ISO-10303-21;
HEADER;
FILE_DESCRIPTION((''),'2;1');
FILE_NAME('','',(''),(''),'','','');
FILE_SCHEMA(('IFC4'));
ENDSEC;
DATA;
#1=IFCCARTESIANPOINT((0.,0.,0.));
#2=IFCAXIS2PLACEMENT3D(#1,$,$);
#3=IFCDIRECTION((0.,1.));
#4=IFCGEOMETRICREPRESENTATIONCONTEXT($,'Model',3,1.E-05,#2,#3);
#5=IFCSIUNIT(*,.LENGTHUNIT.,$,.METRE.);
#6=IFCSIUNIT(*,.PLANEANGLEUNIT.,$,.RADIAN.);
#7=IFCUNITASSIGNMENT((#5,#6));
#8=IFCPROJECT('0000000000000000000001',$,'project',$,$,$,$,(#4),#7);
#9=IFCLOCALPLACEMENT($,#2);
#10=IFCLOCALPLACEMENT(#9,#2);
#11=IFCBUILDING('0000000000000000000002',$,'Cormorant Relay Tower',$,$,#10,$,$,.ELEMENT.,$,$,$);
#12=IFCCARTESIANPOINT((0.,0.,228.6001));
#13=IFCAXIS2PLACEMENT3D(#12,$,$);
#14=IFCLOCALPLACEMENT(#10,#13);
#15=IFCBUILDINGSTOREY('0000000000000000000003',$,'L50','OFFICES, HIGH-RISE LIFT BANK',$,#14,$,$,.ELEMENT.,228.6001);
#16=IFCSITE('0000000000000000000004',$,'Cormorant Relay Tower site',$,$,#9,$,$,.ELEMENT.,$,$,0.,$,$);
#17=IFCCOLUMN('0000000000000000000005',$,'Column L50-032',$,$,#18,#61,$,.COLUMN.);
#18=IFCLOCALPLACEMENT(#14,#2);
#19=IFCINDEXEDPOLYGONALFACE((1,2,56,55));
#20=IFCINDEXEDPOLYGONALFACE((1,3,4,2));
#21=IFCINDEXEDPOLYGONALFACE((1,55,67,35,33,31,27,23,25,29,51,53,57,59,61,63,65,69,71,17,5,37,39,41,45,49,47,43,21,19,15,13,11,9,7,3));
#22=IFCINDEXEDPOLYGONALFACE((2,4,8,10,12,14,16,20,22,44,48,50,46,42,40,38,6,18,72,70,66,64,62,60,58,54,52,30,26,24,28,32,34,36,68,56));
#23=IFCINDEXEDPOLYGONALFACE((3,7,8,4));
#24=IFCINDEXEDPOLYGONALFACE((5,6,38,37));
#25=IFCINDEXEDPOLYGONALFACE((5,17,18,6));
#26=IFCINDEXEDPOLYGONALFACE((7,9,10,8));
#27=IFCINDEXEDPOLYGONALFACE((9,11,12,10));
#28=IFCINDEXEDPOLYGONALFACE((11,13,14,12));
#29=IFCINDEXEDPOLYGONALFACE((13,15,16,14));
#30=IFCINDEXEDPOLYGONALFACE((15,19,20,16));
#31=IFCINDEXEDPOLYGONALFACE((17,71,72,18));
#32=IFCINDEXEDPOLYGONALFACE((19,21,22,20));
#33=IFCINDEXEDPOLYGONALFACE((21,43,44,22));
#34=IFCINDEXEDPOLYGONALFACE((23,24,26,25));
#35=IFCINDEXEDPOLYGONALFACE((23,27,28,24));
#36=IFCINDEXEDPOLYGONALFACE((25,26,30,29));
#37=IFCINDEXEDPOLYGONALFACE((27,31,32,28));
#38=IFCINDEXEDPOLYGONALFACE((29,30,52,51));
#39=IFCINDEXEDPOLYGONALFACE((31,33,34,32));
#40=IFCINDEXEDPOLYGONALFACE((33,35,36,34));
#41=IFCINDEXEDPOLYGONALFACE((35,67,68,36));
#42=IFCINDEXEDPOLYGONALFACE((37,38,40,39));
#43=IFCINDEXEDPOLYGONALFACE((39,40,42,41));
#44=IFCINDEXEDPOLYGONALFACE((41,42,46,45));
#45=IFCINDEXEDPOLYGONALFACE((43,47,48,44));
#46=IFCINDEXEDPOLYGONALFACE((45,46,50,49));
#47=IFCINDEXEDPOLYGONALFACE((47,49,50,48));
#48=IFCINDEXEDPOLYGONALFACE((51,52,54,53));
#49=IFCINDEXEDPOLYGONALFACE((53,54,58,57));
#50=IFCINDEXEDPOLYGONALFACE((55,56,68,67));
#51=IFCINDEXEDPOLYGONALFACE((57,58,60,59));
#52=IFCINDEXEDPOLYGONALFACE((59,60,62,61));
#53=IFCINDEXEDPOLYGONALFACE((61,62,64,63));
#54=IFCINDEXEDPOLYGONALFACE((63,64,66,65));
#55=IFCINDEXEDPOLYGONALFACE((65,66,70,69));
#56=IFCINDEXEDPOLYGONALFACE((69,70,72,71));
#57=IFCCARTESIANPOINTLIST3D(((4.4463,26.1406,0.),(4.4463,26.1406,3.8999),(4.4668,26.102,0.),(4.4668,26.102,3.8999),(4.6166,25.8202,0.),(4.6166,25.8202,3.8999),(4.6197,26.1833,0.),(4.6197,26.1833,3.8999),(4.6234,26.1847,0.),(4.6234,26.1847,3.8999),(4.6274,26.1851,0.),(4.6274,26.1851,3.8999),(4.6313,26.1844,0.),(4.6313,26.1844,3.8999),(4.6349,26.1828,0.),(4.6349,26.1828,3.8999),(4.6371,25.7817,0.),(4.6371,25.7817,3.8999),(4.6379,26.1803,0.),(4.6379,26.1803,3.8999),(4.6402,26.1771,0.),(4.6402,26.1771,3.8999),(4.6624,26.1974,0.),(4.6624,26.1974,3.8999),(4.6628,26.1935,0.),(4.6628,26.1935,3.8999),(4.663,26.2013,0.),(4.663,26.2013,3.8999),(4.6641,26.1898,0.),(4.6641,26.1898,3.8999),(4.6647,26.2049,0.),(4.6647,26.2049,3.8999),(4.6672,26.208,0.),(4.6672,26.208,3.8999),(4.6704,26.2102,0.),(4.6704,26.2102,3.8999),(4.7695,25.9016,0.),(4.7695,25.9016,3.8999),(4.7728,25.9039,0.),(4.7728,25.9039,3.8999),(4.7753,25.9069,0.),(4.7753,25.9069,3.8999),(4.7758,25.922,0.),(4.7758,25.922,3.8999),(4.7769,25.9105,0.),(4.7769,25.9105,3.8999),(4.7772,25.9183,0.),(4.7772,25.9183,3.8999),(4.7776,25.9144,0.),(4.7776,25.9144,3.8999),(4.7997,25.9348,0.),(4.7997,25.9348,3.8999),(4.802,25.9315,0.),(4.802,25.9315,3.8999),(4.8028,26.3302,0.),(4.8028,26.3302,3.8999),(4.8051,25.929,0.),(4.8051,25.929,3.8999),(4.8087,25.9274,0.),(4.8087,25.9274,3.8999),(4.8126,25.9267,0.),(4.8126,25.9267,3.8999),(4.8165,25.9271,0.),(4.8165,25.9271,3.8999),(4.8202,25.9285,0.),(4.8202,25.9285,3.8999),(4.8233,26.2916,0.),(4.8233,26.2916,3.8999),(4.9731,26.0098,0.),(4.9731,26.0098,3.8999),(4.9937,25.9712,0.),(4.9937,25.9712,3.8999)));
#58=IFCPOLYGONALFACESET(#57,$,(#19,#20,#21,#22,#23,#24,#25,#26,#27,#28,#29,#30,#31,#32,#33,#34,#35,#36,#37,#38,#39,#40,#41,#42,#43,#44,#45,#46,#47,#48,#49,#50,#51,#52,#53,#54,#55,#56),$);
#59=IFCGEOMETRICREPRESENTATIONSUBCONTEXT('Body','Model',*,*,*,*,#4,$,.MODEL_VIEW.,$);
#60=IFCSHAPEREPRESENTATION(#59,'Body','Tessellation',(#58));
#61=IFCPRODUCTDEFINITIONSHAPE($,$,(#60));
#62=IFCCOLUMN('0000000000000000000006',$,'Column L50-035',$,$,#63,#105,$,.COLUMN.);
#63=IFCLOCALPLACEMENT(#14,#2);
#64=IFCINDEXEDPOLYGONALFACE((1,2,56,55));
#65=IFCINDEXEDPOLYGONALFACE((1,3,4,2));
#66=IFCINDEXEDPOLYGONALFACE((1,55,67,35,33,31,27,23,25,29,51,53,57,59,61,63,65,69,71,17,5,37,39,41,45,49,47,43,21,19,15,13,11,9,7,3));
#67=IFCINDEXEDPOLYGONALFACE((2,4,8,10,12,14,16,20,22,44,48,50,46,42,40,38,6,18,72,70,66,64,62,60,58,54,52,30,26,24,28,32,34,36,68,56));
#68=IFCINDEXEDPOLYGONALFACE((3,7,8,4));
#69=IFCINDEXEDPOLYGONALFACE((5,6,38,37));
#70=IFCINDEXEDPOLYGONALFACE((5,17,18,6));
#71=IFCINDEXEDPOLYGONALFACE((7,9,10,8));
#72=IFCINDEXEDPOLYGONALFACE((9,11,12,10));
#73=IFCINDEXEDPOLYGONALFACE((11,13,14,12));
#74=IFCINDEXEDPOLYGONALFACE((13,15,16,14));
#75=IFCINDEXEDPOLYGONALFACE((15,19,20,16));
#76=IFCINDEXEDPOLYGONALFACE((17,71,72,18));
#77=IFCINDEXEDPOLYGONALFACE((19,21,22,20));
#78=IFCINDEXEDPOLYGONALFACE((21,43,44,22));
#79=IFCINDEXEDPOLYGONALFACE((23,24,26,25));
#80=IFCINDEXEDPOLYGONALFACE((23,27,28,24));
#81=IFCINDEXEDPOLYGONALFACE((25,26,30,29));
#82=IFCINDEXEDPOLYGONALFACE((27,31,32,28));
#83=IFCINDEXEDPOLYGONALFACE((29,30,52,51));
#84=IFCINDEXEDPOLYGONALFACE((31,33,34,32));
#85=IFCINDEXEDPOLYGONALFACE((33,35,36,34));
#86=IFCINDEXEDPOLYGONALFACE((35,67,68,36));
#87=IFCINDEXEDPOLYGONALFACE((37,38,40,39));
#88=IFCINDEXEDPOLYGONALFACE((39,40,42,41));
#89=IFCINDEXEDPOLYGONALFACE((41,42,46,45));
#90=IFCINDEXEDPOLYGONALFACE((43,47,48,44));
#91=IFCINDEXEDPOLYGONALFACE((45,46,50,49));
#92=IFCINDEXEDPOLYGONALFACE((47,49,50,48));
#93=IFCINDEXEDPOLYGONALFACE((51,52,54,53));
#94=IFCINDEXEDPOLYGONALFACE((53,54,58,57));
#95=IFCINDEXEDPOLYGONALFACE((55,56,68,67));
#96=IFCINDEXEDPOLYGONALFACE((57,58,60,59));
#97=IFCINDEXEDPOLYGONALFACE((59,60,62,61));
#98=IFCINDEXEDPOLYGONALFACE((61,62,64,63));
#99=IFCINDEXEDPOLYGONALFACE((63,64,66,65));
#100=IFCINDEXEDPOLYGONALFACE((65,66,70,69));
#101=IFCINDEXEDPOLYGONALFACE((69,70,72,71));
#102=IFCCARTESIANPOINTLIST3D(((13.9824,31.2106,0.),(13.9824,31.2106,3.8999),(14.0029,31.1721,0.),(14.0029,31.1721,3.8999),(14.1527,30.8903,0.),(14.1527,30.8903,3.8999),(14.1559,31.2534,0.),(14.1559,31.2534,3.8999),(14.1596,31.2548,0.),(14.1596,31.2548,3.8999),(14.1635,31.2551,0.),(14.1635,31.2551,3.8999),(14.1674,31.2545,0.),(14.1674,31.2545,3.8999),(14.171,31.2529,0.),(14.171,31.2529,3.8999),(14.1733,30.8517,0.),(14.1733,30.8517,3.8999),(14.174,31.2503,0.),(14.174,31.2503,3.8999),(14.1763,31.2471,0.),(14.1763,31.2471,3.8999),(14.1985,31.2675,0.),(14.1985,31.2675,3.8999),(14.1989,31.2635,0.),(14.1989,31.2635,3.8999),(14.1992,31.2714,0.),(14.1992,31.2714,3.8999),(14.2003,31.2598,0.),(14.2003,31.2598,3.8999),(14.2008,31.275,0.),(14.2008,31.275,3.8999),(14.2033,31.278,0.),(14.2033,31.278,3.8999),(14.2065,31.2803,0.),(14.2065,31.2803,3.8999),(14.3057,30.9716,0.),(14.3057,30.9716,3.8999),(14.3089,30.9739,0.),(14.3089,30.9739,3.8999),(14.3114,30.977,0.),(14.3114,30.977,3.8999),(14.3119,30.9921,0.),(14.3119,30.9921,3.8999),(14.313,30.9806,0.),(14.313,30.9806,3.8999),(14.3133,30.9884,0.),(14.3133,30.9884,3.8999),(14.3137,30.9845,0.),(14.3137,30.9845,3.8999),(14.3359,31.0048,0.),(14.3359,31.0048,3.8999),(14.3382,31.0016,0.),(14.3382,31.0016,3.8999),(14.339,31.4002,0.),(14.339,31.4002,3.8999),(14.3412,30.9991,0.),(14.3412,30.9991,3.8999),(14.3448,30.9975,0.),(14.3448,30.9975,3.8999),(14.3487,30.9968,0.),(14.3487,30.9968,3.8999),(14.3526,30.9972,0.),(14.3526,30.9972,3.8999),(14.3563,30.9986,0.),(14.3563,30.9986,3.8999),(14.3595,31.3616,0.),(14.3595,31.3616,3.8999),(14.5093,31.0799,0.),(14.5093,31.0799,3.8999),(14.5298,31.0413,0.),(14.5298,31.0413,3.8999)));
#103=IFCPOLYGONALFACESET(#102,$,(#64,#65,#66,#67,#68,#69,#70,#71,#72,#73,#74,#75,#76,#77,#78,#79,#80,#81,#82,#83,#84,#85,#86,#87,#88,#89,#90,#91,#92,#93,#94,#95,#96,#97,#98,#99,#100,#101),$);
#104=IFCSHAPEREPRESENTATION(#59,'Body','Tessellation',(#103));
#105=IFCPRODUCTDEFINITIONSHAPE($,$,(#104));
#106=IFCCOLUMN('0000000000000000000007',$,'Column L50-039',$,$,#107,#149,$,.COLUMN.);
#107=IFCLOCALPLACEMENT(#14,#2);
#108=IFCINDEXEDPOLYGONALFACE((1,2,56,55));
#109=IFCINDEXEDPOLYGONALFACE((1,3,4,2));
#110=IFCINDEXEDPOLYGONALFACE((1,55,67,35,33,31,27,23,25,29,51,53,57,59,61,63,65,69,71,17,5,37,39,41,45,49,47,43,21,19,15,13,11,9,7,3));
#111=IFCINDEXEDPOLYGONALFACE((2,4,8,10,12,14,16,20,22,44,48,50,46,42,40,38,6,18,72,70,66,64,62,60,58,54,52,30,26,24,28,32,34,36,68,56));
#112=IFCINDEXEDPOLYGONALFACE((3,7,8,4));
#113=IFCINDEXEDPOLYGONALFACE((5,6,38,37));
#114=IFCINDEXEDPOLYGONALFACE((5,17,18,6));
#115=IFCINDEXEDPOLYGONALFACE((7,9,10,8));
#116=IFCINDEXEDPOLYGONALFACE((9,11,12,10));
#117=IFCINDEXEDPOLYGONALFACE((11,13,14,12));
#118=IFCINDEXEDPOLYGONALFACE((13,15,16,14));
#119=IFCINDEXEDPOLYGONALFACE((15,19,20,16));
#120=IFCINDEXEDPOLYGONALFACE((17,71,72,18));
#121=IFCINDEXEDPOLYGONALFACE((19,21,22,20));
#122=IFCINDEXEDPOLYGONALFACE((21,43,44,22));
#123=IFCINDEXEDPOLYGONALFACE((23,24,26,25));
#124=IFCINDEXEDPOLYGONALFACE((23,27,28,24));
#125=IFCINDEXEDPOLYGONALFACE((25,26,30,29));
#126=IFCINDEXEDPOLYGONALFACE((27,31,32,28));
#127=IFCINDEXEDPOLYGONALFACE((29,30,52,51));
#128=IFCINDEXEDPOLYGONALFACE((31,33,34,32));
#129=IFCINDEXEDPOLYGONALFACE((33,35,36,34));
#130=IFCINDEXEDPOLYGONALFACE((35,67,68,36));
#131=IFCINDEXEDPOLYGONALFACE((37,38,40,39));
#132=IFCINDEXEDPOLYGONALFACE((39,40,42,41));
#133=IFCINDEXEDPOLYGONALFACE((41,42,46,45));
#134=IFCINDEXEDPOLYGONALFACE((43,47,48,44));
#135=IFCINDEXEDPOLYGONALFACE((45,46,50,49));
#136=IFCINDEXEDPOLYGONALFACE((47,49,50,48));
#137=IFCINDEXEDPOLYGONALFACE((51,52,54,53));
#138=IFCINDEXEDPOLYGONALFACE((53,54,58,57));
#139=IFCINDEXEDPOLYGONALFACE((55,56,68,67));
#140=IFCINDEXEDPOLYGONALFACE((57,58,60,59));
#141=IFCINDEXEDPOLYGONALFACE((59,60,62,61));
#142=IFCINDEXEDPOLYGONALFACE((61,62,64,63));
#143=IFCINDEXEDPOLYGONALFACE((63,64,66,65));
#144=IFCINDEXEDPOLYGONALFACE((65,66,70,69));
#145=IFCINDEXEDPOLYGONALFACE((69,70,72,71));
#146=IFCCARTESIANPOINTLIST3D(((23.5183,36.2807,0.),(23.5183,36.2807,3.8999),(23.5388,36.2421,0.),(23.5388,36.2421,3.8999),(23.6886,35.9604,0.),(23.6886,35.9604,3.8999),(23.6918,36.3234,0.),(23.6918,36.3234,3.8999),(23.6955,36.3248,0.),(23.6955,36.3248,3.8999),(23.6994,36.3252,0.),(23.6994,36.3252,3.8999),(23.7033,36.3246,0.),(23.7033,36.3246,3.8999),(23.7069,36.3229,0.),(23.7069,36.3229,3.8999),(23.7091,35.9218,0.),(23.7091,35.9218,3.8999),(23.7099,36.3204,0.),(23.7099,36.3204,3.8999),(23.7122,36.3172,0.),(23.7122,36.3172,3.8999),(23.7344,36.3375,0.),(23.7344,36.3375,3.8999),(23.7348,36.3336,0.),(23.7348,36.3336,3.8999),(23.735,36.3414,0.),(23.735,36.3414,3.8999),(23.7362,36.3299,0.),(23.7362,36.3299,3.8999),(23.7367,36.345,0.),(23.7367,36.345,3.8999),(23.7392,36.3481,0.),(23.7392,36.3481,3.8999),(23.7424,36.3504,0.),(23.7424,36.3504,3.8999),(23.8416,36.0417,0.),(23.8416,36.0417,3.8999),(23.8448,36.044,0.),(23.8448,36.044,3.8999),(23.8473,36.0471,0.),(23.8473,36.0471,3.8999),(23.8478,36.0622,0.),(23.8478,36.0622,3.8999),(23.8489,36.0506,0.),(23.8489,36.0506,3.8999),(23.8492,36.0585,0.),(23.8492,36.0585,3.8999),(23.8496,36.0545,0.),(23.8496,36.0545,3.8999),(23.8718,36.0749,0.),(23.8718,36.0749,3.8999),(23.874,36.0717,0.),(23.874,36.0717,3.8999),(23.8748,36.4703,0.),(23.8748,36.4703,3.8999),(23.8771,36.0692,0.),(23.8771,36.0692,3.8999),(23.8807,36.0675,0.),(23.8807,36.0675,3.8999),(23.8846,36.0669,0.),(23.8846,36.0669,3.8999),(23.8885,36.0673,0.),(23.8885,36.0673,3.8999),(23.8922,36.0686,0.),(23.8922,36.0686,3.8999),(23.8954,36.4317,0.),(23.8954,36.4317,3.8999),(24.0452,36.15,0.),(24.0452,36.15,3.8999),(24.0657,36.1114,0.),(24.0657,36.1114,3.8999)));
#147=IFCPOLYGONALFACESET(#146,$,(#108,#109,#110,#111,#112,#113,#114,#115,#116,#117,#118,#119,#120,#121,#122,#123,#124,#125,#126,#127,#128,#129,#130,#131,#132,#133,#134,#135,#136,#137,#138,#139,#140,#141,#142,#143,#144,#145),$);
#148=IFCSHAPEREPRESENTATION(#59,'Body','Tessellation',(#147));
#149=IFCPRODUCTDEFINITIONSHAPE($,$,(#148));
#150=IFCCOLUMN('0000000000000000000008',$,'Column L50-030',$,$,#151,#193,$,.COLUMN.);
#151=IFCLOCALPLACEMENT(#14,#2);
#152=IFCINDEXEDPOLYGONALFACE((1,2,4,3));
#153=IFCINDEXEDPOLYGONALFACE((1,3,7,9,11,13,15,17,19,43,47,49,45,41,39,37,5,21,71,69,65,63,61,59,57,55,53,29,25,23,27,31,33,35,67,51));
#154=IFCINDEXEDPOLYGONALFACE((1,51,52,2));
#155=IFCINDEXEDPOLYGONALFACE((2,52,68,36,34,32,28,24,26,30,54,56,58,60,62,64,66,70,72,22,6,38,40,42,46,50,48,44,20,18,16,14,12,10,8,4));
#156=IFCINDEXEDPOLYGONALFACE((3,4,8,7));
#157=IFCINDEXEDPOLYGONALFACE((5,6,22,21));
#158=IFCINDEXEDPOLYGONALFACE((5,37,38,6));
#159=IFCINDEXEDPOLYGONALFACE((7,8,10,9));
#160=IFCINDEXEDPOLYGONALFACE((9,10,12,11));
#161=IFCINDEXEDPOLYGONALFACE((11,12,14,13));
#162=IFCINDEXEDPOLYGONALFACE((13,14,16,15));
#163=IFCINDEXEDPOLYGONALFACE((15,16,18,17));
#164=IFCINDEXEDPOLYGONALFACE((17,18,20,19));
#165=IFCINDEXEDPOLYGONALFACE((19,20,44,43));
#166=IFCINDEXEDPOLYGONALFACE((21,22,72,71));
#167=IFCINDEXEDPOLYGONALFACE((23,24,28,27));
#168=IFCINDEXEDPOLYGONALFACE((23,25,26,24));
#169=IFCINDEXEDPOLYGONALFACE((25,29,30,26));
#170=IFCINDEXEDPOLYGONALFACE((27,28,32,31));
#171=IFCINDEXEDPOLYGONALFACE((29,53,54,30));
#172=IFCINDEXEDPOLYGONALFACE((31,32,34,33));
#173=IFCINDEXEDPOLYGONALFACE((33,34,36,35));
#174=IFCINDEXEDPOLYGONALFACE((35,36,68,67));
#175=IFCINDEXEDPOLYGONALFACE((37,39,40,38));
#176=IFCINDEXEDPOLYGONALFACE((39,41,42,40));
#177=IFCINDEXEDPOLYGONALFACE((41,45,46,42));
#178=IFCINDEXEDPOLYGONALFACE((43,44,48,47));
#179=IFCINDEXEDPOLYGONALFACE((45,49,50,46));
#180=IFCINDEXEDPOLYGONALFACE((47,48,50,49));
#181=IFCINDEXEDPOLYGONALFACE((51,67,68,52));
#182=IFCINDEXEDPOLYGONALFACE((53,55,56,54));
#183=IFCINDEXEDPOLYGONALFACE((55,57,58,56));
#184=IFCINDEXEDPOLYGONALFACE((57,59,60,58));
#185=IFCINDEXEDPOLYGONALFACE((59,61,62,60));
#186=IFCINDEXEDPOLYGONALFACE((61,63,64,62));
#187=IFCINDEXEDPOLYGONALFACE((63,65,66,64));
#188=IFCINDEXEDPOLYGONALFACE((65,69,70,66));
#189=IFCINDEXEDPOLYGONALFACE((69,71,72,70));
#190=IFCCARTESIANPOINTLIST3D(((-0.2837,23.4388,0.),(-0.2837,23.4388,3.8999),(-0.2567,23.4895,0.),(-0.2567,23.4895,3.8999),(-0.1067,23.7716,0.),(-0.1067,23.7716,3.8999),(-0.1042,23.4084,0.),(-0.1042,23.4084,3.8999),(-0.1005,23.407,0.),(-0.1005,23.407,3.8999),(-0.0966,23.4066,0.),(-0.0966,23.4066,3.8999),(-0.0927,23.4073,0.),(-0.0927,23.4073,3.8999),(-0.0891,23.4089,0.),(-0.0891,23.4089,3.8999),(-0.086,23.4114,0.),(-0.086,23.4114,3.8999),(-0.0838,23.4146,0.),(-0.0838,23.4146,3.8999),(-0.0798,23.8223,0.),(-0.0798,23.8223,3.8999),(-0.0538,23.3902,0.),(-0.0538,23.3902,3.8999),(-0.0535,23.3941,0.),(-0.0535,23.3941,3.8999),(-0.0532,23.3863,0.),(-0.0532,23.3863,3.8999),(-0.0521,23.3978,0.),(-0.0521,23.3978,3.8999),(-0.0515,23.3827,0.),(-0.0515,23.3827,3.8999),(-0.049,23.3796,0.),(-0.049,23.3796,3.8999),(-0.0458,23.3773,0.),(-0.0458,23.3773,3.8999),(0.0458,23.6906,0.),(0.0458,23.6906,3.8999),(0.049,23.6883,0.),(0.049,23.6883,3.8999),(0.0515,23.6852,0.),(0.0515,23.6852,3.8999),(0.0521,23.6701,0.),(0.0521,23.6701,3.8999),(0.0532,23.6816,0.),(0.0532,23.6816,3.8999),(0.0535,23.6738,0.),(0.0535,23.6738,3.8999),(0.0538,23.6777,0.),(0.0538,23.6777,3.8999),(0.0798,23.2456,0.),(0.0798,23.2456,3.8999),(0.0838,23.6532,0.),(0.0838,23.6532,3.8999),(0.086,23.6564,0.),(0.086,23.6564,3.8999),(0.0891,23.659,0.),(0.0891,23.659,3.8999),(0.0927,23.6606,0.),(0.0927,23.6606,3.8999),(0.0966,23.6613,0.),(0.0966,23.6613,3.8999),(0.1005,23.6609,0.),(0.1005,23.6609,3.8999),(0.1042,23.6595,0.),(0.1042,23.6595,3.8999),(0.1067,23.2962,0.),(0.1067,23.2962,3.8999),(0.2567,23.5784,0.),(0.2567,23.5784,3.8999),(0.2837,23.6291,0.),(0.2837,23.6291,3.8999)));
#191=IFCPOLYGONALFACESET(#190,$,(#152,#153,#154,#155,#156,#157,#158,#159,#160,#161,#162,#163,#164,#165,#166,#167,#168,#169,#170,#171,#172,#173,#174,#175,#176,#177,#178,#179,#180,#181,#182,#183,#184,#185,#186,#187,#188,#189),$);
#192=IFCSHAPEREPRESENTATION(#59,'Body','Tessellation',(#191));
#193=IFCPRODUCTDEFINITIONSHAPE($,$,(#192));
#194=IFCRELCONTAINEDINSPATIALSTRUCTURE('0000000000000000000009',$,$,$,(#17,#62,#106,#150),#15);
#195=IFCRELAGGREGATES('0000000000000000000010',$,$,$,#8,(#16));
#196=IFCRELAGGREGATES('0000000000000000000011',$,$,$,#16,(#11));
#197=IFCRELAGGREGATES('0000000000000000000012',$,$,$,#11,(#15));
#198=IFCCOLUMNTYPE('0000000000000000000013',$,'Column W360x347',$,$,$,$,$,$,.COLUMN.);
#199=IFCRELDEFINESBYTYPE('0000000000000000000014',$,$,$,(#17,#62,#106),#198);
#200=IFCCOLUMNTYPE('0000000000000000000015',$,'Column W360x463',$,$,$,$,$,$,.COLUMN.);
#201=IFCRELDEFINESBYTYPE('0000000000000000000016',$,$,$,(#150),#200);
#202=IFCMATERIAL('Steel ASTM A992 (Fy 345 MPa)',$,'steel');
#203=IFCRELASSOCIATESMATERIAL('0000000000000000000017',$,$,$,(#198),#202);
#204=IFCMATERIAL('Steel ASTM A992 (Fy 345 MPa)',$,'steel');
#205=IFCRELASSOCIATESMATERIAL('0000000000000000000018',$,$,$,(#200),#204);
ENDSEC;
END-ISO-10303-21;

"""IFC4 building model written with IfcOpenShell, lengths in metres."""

from ifc_helpers import new_model, si_unit, direction, frame, origin, origin_2d, place, context, subcontext, project, spatial, i_section, extrude, material, material_profile, profile_set, type_object, element, save


model = new_model("IFC4")

# Units and contexts
model_context = context("Model", 3, precision=1e-05, world=origin(), true_north=direction((0.0, 1.0)))
body_context = subcontext(model_context, "Body", "Model", "MODEL_VIEW")
ifc_project = project(units=[si_unit("LENGTHUNIT", "METRE"), si_unit("PLANEANGLEUNIT", "RADIAN")], contexts=[model_context])

# Site, building, storey
site_placement = place(None, origin())
site = spatial("IfcSite", under=ifc_project, at=site_placement, Name="Cormorant Relay Tower site", CompositionType="ELEMENT", RefElevation=0.0)
building_placement = place(site_placement, origin())
building = spatial("IfcBuilding", under=site, at=building_placement, Name="Cormorant Relay Tower", CompositionType="ELEMENT")
storey_placement = place(building_placement, frame((0.0, 0.0, 228.6001)))
storey = spatial("IfcBuildingStorey", under=building, at=storey_placement, Name="L50", Description="OFFICES, HIGH-RISE LIFT BANK", CompositionType="ELEMENT", Elevation=228.6001)

# Columns
ifc_material_1 = material(Name="Steel ASTM A992 (Fy 345 MPa)", Category="steel")
ifc_material_profile_1 = material_profile(ifc_material_1, i_section(OverallWidth=0.4038, OverallDepth=0.4065, WebThickness=0.0271, FlangeThickness=0.0437, FilletRadius=0.0151, at=origin_2d()), Name="W360x347")
ifc_profile_set_1 = profile_set([ifc_material_profile_1], Name="Steel ASTM A992 (Fy 345 MPa)")
column_type_1 = type_object("IfcColumnType", Name="Column W360x347", PredefinedType="COLUMN", material=ifc_profile_set_1)
for number, where, z_axis, x_axis, name in (
    (1, (4.72, 26.0559, 0.0), (0.0, 0.0, 1.0), (-0.882948, -0.469472, 0.0), "Column L50-032"),
    (2, (14.2561, 31.126, 0.0), (0.0, 0.0, 1.0), (-0.882948, -0.469472, 0.0), "Column L50-035"),
    (3, (23.792, 36.196, 0.0), (0.0, 0.0, 1.0), (-0.882948, -0.469472, 0.0), "Column L50-039"),
):
    element("IfcColumn", number, at=place(storey_placement, frame(where, z_axis=z_axis, x_axis=x_axis)), inside=storey, type_object=column_type_1, Name=name, PredefinedType="COLUMN", context=body_context, shape_type="SweptSolid", body=[
        extrude(i_section(OverallWidth=0.4038, OverallDepth=0.4065, WebThickness=0.0271, FlangeThickness=0.0437, FilletRadius=0.0151, at=origin_2d()), origin(), (0.0, 0.0, 1.0), 3.8999),
    ])
ifc_material_2 = material(Name="Steel ASTM A992 (Fy 345 MPa)", Category="steel")
ifc_material_profile_2 = material_profile(ifc_material_2, i_section(OverallWidth=0.4116, OverallDepth=0.4343, WebThickness=0.0359, FlangeThickness=0.0574, FilletRadius=0.0151, at=origin_2d()), Name="W360x463")
ifc_profile_set_2 = profile_set([ifc_material_profile_2], Name="Steel ASTM A992 (Fy 345 MPa)")
column_type_2 = type_object("IfcColumnType", Name="Column W360x463", PredefinedType="COLUMN", material=ifc_profile_set_2)
column_placement = place(storey_placement, frame((0.0, 23.5339, 0.0), z_axis=(0.0, 0.0, 1.0), x_axis=(-0.882948, 0.469472, 0.0)))
element("IfcColumn", 4, at=column_placement, inside=storey, type_object=column_type_2, Name="Column L50-030", PredefinedType="COLUMN", context=body_context, shape_type="SweptSolid", body=[
    extrude(i_section(OverallWidth=0.4116, OverallDepth=0.4343, WebThickness=0.0359, FlangeThickness=0.0574, FilletRadius=0.0151, at=origin_2d()), origin(), (0.0, 0.0, 1.0), 3.8999),
])

save(model, "model.ifc")
